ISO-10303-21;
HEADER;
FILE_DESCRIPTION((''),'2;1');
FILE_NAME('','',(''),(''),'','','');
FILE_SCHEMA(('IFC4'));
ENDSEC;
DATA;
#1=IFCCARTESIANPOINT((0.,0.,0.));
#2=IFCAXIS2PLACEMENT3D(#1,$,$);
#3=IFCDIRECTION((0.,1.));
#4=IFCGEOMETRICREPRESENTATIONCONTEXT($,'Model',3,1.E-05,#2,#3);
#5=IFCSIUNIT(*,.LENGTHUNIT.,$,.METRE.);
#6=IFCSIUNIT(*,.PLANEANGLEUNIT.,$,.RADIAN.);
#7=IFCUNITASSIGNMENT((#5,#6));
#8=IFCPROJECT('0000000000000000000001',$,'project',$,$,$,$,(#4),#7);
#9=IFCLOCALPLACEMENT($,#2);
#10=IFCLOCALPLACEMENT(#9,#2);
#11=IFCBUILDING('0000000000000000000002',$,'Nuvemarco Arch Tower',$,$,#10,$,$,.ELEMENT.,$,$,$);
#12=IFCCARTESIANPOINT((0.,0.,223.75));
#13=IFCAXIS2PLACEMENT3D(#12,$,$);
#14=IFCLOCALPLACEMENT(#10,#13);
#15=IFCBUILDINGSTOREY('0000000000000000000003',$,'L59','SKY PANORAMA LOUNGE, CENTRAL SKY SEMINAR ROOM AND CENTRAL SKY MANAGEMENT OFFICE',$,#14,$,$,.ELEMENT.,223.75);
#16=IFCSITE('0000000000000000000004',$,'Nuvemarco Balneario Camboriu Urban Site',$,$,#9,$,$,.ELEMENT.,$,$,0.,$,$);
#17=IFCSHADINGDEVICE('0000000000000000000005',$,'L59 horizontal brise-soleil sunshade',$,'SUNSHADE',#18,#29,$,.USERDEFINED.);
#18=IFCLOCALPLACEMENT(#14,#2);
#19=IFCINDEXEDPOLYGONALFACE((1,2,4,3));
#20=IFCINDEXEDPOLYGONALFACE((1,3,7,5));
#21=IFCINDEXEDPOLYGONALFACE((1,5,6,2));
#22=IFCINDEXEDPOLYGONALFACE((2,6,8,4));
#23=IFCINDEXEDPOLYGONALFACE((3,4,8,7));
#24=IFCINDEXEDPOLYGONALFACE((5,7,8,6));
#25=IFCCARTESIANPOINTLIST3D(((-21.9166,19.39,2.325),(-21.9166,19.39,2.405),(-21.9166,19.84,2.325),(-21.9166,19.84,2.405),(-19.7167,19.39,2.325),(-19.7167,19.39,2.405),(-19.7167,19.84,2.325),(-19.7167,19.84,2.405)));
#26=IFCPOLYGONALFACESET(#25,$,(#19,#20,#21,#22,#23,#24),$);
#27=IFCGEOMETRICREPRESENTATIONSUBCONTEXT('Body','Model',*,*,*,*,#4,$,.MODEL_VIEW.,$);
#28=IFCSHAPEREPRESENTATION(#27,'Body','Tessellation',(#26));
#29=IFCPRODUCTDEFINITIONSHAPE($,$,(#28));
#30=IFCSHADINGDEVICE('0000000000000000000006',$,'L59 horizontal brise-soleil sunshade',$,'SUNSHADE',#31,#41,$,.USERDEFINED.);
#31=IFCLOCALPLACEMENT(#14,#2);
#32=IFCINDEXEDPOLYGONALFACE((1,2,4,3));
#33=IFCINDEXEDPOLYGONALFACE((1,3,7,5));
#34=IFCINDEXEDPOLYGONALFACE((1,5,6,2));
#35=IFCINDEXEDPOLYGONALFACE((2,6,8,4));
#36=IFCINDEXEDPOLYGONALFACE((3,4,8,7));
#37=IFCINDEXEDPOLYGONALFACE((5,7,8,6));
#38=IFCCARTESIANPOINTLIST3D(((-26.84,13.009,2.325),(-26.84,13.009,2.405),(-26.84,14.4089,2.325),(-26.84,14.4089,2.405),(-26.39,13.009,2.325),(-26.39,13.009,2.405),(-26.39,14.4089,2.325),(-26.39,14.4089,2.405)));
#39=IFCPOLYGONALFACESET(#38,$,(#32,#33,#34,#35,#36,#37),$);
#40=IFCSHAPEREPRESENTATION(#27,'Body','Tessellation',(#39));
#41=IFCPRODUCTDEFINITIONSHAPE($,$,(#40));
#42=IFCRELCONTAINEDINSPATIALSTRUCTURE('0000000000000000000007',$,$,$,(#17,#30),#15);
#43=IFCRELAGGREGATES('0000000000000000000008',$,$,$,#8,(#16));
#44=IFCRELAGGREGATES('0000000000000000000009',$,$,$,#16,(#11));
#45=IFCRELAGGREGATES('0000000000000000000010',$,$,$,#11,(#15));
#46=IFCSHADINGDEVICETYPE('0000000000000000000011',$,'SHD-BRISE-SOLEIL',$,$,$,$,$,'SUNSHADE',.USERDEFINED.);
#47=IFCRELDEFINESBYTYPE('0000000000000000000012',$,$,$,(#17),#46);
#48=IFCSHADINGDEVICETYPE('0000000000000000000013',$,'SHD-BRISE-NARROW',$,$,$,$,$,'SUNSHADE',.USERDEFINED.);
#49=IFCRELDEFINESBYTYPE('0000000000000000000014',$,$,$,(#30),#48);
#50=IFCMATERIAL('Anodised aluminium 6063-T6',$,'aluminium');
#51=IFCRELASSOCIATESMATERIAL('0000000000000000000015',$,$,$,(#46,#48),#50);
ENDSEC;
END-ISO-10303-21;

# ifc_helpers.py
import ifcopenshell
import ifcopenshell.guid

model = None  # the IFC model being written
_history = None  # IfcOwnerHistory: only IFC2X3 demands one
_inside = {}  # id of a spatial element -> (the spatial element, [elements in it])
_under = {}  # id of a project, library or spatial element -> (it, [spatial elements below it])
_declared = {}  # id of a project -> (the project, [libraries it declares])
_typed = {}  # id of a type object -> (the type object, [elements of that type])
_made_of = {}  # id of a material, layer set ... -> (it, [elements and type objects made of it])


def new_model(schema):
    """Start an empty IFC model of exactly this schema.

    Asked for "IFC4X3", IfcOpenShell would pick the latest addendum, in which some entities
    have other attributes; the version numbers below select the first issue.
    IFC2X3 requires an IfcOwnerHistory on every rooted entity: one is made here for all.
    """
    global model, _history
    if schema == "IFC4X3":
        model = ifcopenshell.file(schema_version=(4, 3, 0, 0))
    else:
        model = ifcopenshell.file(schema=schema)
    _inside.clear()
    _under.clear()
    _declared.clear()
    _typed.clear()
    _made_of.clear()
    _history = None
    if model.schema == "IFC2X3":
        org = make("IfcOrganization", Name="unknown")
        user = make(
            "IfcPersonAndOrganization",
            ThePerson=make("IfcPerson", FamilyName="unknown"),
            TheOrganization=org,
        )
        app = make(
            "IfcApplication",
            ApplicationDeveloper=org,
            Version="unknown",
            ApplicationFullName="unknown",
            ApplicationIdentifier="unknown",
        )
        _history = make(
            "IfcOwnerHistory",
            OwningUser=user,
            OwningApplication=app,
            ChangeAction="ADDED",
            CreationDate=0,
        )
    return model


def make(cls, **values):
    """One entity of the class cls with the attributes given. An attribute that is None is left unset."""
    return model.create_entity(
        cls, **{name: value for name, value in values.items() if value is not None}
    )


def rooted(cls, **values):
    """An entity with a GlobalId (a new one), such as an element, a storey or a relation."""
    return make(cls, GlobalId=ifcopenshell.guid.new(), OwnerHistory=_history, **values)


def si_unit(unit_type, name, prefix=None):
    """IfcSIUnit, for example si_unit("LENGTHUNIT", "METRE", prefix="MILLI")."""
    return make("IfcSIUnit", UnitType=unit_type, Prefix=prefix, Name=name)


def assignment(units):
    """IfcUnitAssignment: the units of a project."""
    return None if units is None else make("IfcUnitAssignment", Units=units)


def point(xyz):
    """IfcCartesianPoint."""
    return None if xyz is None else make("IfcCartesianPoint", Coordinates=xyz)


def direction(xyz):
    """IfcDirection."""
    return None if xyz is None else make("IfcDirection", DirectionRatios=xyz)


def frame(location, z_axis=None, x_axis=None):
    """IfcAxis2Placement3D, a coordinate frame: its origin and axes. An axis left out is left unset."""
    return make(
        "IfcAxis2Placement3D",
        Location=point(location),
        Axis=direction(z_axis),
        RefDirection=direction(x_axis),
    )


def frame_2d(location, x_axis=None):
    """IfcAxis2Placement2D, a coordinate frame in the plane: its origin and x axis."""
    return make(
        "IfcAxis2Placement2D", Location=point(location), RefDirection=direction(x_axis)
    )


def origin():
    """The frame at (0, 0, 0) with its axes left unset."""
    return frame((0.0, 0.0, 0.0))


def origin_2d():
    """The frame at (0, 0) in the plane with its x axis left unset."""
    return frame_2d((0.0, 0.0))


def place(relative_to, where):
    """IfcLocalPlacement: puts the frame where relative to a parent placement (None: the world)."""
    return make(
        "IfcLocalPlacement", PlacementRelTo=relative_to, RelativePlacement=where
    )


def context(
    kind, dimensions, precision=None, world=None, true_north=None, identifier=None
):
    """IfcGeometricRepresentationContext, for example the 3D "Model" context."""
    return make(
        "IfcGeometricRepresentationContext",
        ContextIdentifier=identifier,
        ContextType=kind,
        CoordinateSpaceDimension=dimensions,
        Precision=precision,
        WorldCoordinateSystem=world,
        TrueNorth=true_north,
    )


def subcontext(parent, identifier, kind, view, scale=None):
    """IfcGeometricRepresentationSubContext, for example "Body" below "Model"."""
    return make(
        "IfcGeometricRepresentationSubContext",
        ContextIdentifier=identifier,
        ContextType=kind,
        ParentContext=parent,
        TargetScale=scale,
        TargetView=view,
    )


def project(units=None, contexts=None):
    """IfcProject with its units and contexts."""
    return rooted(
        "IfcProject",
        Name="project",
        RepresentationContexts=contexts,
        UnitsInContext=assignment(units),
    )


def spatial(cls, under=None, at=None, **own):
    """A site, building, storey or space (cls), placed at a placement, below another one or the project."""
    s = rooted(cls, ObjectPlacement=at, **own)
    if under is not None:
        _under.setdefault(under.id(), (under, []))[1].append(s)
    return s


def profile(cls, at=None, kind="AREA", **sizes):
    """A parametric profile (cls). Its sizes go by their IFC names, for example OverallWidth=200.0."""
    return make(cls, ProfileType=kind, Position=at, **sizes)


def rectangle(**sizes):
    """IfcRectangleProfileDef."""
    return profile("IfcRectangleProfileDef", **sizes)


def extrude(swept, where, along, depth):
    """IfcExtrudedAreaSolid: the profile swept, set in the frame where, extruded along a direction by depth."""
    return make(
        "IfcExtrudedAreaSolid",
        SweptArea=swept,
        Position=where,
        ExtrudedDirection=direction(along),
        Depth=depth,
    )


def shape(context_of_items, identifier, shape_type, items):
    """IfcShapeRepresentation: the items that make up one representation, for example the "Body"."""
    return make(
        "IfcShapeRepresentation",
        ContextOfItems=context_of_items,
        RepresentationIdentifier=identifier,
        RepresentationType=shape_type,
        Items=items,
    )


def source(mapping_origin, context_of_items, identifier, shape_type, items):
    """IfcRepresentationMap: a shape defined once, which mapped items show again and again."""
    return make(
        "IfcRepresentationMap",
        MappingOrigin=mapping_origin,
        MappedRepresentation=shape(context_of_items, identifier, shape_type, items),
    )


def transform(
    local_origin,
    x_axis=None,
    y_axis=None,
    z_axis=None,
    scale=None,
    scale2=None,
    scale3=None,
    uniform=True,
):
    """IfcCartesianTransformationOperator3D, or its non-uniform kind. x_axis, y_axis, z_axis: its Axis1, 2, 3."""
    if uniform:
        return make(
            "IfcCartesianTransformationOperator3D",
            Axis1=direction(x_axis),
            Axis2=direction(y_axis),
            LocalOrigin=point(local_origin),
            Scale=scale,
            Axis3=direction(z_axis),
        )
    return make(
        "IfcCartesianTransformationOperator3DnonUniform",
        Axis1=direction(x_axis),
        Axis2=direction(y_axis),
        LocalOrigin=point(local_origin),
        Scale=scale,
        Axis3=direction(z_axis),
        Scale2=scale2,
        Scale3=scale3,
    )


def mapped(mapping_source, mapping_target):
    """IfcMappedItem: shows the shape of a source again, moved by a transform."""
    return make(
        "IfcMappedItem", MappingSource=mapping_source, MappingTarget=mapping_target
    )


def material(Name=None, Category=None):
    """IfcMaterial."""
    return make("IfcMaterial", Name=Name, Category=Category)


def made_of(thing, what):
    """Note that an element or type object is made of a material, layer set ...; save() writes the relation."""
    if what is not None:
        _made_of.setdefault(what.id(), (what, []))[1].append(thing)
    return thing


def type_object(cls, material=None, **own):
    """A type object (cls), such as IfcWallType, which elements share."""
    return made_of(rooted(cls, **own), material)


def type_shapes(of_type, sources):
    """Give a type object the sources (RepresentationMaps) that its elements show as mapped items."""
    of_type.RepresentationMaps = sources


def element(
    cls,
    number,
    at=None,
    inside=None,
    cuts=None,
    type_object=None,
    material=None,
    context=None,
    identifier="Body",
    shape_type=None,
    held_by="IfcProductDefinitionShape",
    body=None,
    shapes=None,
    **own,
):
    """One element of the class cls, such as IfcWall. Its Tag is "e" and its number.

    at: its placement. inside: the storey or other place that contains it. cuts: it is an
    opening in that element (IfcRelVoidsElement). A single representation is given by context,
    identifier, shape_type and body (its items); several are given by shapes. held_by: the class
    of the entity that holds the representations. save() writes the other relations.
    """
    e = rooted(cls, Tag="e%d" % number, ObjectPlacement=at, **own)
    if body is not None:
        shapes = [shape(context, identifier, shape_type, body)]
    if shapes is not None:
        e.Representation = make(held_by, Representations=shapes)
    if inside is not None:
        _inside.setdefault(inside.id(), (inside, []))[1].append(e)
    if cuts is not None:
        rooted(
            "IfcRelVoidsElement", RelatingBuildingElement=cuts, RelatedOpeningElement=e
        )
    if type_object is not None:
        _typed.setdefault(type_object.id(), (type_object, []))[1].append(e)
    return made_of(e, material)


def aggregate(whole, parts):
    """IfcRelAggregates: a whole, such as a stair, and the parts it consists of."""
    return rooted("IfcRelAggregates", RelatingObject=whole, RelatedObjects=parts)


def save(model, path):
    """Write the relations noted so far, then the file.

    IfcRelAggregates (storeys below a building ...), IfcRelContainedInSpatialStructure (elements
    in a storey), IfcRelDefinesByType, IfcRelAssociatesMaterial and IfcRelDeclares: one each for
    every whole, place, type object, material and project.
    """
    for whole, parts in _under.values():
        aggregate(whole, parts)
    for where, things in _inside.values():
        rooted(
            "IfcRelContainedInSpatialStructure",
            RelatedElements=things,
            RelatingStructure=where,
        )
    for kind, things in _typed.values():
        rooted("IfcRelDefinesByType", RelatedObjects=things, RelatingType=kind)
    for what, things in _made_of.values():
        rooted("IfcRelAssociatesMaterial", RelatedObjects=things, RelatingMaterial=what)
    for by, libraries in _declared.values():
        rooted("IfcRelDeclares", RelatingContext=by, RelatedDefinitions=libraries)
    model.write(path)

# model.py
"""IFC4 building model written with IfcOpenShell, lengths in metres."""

from ifc_helpers import new_model, si_unit, direction, frame, origin, origin_2d, place, context, subcontext, project, spatial, rectangle, extrude, source, transform, mapped, material, type_object, type_shapes, element, save


model = new_model("IFC4")

# Units and contexts
model_context = context("Model", 3, precision=1e-05, world=origin(), true_north=direction((0.0, 1.0)))
body_context = subcontext(model_context, "Body", "Model", "MODEL_VIEW")
ifc_project = project(units=[si_unit("LENGTHUNIT", "METRE"), si_unit("PLANEANGLEUNIT", "RADIAN")], contexts=[model_context])

# Site, building, storey
site_placement = place(None, origin())
site = spatial("IfcSite", under=ifc_project, at=site_placement, Name="Nuvemarco Balneario Camboriu Urban Site", CompositionType="ELEMENT", RefElevation=0.0)
building_placement = place(site_placement, origin())
building = spatial("IfcBuilding", under=site, at=building_placement, Name="Nuvemarco Arch Tower", CompositionType="ELEMENT")
storey_placement = place(building_placement, frame((0.0, 0.0, 223.75)))
storey = spatial("IfcBuildingStorey", under=building, at=storey_placement, Name="L59", Description="SKY PANORAMA LOUNGE, CENTRAL SKY SEMINAR ROOM AND CENTRAL SKY MANAGEMENT OFFICE", CompositionType="ELEMENT", Elevation=223.75)

# Shading devices
ifc_material_1 = material(Name="Anodised aluminium 6063-T6", Category="aluminium")
shading_device_type_1 = type_object("IfcShadingDeviceType", Name="SHD-BRISE-SOLEIL", ElementType="SUNSHADE", PredefinedType="USERDEFINED", material=ifc_material_1)
shared_shape_1 = source(origin(), body_context, "Body", "SweptSolid", [
    extrude(rectangle(XDim=2.2, YDim=0.45, at=origin_2d()), origin(), (0.0, 0.0, 1.0), 0.0801),
])
type_shapes(shading_device_type_1, [shared_shape_1])
shading_device_1_placement = place(storey_placement, frame((-20.8167, 19.615, 2.325), z_axis=(0.0, 0.0, 1.0), x_axis=(1.0, 0.0, 0.0)))
element("IfcShadingDevice", 1, at=shading_device_1_placement, inside=storey, type_object=shading_device_type_1, Name="L59 horizontal brise-soleil sunshade", ObjectType="SUNSHADE", PredefinedType="USERDEFINED", context=body_context, shape_type="MappedRepresentation", body=[
    mapped(shared_shape_1, transform((0.0, 0.0, 0.0), scale=1.0)),
])
shading_device_type_2 = type_object("IfcShadingDeviceType", Name="SHD-BRISE-NARROW", ElementType="SUNSHADE", PredefinedType="USERDEFINED", material=ifc_material_1)
shared_shape_2 = source(origin(), body_context, "Body", "SweptSolid", [
    extrude(rectangle(XDim=1.3999, YDim=0.45, at=origin_2d()), origin(), (0.0, 0.0, 1.0), 0.0801),
])
type_shapes(shading_device_type_2, [shared_shape_2])
shading_device_2_placement = place(storey_placement, frame((-26.615, 13.709, 2.325), z_axis=(0.0, 0.0, 1.0), x_axis=(0.0, 1.0, 0.0)))
element("IfcShadingDevice", 2, at=shading_device_2_placement, inside=storey, type_object=shading_device_type_2, Name="L59 horizontal brise-soleil sunshade", ObjectType="SUNSHADE", PredefinedType="USERDEFINED", context=body_context, shape_type="MappedRepresentation", body=[
    mapped(shared_shape_2, transform((0.0, 0.0, 0.0), scale=1.0)),
])

save(model, "model.ifc")
